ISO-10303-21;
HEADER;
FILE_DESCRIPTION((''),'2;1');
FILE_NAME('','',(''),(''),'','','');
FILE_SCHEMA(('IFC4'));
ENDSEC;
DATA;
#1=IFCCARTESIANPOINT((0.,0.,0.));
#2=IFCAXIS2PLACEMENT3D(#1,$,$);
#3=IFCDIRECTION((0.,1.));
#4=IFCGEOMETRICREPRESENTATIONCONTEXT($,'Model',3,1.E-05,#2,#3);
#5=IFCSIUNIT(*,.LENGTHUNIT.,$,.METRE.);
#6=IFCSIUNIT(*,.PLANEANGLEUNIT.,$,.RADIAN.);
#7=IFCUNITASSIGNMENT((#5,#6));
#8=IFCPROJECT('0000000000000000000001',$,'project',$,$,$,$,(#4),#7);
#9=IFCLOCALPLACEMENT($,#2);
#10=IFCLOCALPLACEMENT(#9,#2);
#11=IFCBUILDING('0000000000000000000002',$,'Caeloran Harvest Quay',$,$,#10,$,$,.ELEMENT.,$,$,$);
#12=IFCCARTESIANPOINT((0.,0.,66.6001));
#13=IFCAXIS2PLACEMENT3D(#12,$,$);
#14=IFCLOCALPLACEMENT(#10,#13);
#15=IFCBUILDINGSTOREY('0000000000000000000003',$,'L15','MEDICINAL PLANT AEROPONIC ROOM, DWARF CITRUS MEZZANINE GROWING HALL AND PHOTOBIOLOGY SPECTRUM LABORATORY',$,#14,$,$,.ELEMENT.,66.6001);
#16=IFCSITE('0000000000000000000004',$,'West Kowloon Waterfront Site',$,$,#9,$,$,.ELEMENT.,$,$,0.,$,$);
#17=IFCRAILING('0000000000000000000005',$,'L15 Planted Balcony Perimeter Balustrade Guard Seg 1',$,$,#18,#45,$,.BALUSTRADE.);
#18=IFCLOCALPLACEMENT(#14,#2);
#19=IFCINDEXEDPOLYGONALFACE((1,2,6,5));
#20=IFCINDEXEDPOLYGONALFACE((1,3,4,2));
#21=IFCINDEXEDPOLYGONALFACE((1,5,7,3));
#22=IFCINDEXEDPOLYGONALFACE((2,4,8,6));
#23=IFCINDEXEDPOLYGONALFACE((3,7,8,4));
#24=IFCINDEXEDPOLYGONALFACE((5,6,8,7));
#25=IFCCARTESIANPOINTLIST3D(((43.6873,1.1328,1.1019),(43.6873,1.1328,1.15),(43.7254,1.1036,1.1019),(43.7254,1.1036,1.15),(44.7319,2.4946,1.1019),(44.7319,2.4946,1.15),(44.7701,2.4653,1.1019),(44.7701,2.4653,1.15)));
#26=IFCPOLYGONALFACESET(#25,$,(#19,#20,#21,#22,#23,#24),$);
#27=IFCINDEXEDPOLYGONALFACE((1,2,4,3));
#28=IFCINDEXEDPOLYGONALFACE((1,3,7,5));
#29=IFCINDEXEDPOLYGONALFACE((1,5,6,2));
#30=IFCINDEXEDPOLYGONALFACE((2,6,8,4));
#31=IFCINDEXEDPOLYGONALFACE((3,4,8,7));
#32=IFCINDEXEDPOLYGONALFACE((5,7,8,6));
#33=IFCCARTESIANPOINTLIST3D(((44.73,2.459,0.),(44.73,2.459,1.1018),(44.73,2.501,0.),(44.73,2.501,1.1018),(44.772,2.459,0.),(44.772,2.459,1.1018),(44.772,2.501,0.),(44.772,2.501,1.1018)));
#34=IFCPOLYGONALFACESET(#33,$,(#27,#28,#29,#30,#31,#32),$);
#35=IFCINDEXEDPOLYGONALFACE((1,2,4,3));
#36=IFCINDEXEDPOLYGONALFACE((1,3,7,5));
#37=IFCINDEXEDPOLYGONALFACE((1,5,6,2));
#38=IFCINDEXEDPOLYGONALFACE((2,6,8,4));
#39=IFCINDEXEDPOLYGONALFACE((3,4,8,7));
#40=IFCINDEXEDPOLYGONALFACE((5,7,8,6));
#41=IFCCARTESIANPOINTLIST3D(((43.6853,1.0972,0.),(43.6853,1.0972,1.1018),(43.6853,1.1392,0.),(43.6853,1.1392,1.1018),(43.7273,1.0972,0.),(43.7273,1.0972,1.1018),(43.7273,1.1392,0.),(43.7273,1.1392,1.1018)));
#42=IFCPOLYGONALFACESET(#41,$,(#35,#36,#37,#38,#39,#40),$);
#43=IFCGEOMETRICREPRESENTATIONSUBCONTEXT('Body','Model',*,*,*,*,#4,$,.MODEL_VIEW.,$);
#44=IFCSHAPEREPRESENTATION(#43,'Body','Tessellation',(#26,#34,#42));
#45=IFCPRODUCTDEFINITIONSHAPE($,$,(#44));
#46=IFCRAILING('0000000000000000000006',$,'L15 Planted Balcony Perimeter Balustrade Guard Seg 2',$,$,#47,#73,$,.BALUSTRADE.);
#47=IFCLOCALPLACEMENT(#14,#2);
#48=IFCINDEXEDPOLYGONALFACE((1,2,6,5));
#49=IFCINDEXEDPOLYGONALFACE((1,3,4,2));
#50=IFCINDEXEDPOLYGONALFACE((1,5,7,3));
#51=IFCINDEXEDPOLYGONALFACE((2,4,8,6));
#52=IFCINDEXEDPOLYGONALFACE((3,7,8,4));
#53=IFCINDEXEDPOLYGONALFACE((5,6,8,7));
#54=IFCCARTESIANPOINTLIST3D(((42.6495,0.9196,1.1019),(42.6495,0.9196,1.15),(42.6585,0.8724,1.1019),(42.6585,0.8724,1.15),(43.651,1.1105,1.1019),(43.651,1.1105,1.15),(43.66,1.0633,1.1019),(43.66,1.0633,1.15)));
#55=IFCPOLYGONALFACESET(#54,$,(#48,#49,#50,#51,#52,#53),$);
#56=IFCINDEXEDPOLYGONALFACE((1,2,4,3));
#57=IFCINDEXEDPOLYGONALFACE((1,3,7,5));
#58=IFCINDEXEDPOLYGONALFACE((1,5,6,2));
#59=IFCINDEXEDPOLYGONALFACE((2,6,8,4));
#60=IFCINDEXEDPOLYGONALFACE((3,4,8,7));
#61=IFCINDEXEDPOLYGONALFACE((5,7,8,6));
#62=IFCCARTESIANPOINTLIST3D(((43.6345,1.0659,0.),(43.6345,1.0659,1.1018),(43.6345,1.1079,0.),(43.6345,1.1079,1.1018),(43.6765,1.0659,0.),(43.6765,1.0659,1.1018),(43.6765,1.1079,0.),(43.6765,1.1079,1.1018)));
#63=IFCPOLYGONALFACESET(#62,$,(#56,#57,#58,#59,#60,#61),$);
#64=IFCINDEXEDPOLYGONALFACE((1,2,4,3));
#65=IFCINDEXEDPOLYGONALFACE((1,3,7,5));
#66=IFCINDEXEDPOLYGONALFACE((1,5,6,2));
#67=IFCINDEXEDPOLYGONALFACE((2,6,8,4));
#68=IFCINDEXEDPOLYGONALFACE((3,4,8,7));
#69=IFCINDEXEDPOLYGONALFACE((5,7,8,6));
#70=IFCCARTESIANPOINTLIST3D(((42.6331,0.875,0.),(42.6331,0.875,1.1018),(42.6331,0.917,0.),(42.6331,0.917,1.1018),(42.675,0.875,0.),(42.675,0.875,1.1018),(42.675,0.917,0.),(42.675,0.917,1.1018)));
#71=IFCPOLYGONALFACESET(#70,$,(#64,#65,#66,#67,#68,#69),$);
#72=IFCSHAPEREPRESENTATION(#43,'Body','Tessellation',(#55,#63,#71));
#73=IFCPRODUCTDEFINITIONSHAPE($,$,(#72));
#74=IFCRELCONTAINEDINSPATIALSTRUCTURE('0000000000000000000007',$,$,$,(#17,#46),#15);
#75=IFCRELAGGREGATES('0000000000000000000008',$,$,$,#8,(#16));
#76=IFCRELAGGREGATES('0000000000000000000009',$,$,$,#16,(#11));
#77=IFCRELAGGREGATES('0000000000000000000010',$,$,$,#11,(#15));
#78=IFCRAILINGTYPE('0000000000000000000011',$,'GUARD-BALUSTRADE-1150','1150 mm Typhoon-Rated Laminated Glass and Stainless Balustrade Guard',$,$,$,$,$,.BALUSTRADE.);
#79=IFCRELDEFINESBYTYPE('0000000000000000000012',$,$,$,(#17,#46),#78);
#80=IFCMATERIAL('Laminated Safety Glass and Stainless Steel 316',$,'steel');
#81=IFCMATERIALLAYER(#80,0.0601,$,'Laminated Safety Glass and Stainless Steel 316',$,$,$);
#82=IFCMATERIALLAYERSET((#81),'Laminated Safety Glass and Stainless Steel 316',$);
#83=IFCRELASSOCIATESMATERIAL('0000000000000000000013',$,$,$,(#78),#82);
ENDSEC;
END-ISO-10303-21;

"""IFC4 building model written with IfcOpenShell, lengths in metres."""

from ifc_helpers import new_model, si_unit, direction, frame, origin, origin_2d, place, context, subcontext, project, spatial, rectangle, extrude, material, layer, layer_set, type_object, element, save


model = new_model("IFC4")

# Units and contexts
model_context = context("Model", 3, precision=1e-05, world=origin(), true_north=direction((0.0, 1.0)))
body_context = subcontext(model_context, "Body", "Model", "MODEL_VIEW")
ifc_project = project(units=[si_unit("LENGTHUNIT", "METRE"), si_unit("PLANEANGLEUNIT", "RADIAN")], contexts=[model_context])

# Site, building, storey
site_placement = place(None, origin())
site = spatial("IfcSite", under=ifc_project, at=site_placement, Name="West Kowloon Waterfront Site", CompositionType="ELEMENT", RefElevation=0.0)
building_placement = place(site_placement, origin())
building = spatial("IfcBuilding", under=site, at=building_placement, Name="Caeloran Harvest Quay", CompositionType="ELEMENT")
storey_placement = place(building_placement, frame((0.0, 0.0, 66.6001)))
storey = spatial("IfcBuildingStorey", under=building, at=storey_placement, Name="L15", Description="MEDICINAL PLANT AEROPONIC ROOM, DWARF CITRUS MEZZANINE GROWING HALL AND PHOTOBIOLOGY SPECTRUM LABORATORY", CompositionType="ELEMENT", Elevation=66.6001)

# Railings
ifc_material_1 = material(Name="Laminated Safety Glass and Stainless Steel 316", Category="steel")
ifc_layer_1 = layer(ifc_material_1, 0.0601, Name="Laminated Safety Glass and Stainless Steel 316")
ifc_layer_set_1 = layer_set([ifc_layer_1], Name="Laminated Safety Glass and Stainless Steel 316")
railing_type = type_object("IfcRailingType", Name="GUARD-BALUSTRADE-1150", Description="1150 mm Typhoon-Rated Laminated Glass and Stainless Balustrade Guard", PredefinedType="BALUSTRADE", material=ifc_layer_set_1)
railing_1_placement = place(storey_placement, frame((44.751, 2.48, 0.0)))
element("IfcRailing", 1, at=railing_1_placement, inside=storey, type_object=railing_type, Name="L15 Planted Balcony Perimeter Balustrade Guard Seg 1", PredefinedType="BALUSTRADE", context=body_context, shape_type="SweptSolid", body=[
    extrude(rectangle(XDim=0.0481, YDim=0.0481, at=origin_2d()), frame((0.0, 0.0, 1.126), z_axis=(-0.608658, -0.793432, 0.0), x_axis=(0.793432, -0.608658, 0.0)), (0.0, 0.0, 1.0), 1.7163),
    extrude(rectangle(XDim=0.042, YDim=0.042, at=origin_2d()), origin(), (0.0, 0.0, 1.0), 1.1018),
    extrude(rectangle(XDim=0.042, YDim=0.042, at=origin_2d()), frame((-1.0447, -1.3618, 0.0)), (0.0, 0.0, 1.0), 1.1018),
])
railing_2_placement = place(storey_placement, frame((43.6555, 1.0869, 0.0)))
element("IfcRailing", 2, at=railing_2_placement, inside=storey, type_object=railing_type, Name="L15 Planted Balcony Perimeter Balustrade Guard Seg 2", PredefinedType="BALUSTRADE", context=body_context, shape_type="SweptSolid", body=[
    extrude(rectangle(XDim=0.0481, YDim=0.0481, at=origin_2d()), frame((0.0, 0.0, 1.126), z_axis=(-0.982309, -0.187266, 0.0), x_axis=(0.187266, -0.982309, 0.0)), (0.0, 0.0, 1.0), 1.0195),
    extrude(rectangle(XDim=0.042, YDim=0.042, at=origin_2d()), origin(), (0.0, 0.0, 1.0), 1.1018),
    extrude(rectangle(XDim=0.042, YDim=0.042, at=origin_2d()), frame((-1.0015, -0.1909, 0.0)), (0.0, 0.0, 1.0), 1.1018),
])

save(model, "model.ifc")
